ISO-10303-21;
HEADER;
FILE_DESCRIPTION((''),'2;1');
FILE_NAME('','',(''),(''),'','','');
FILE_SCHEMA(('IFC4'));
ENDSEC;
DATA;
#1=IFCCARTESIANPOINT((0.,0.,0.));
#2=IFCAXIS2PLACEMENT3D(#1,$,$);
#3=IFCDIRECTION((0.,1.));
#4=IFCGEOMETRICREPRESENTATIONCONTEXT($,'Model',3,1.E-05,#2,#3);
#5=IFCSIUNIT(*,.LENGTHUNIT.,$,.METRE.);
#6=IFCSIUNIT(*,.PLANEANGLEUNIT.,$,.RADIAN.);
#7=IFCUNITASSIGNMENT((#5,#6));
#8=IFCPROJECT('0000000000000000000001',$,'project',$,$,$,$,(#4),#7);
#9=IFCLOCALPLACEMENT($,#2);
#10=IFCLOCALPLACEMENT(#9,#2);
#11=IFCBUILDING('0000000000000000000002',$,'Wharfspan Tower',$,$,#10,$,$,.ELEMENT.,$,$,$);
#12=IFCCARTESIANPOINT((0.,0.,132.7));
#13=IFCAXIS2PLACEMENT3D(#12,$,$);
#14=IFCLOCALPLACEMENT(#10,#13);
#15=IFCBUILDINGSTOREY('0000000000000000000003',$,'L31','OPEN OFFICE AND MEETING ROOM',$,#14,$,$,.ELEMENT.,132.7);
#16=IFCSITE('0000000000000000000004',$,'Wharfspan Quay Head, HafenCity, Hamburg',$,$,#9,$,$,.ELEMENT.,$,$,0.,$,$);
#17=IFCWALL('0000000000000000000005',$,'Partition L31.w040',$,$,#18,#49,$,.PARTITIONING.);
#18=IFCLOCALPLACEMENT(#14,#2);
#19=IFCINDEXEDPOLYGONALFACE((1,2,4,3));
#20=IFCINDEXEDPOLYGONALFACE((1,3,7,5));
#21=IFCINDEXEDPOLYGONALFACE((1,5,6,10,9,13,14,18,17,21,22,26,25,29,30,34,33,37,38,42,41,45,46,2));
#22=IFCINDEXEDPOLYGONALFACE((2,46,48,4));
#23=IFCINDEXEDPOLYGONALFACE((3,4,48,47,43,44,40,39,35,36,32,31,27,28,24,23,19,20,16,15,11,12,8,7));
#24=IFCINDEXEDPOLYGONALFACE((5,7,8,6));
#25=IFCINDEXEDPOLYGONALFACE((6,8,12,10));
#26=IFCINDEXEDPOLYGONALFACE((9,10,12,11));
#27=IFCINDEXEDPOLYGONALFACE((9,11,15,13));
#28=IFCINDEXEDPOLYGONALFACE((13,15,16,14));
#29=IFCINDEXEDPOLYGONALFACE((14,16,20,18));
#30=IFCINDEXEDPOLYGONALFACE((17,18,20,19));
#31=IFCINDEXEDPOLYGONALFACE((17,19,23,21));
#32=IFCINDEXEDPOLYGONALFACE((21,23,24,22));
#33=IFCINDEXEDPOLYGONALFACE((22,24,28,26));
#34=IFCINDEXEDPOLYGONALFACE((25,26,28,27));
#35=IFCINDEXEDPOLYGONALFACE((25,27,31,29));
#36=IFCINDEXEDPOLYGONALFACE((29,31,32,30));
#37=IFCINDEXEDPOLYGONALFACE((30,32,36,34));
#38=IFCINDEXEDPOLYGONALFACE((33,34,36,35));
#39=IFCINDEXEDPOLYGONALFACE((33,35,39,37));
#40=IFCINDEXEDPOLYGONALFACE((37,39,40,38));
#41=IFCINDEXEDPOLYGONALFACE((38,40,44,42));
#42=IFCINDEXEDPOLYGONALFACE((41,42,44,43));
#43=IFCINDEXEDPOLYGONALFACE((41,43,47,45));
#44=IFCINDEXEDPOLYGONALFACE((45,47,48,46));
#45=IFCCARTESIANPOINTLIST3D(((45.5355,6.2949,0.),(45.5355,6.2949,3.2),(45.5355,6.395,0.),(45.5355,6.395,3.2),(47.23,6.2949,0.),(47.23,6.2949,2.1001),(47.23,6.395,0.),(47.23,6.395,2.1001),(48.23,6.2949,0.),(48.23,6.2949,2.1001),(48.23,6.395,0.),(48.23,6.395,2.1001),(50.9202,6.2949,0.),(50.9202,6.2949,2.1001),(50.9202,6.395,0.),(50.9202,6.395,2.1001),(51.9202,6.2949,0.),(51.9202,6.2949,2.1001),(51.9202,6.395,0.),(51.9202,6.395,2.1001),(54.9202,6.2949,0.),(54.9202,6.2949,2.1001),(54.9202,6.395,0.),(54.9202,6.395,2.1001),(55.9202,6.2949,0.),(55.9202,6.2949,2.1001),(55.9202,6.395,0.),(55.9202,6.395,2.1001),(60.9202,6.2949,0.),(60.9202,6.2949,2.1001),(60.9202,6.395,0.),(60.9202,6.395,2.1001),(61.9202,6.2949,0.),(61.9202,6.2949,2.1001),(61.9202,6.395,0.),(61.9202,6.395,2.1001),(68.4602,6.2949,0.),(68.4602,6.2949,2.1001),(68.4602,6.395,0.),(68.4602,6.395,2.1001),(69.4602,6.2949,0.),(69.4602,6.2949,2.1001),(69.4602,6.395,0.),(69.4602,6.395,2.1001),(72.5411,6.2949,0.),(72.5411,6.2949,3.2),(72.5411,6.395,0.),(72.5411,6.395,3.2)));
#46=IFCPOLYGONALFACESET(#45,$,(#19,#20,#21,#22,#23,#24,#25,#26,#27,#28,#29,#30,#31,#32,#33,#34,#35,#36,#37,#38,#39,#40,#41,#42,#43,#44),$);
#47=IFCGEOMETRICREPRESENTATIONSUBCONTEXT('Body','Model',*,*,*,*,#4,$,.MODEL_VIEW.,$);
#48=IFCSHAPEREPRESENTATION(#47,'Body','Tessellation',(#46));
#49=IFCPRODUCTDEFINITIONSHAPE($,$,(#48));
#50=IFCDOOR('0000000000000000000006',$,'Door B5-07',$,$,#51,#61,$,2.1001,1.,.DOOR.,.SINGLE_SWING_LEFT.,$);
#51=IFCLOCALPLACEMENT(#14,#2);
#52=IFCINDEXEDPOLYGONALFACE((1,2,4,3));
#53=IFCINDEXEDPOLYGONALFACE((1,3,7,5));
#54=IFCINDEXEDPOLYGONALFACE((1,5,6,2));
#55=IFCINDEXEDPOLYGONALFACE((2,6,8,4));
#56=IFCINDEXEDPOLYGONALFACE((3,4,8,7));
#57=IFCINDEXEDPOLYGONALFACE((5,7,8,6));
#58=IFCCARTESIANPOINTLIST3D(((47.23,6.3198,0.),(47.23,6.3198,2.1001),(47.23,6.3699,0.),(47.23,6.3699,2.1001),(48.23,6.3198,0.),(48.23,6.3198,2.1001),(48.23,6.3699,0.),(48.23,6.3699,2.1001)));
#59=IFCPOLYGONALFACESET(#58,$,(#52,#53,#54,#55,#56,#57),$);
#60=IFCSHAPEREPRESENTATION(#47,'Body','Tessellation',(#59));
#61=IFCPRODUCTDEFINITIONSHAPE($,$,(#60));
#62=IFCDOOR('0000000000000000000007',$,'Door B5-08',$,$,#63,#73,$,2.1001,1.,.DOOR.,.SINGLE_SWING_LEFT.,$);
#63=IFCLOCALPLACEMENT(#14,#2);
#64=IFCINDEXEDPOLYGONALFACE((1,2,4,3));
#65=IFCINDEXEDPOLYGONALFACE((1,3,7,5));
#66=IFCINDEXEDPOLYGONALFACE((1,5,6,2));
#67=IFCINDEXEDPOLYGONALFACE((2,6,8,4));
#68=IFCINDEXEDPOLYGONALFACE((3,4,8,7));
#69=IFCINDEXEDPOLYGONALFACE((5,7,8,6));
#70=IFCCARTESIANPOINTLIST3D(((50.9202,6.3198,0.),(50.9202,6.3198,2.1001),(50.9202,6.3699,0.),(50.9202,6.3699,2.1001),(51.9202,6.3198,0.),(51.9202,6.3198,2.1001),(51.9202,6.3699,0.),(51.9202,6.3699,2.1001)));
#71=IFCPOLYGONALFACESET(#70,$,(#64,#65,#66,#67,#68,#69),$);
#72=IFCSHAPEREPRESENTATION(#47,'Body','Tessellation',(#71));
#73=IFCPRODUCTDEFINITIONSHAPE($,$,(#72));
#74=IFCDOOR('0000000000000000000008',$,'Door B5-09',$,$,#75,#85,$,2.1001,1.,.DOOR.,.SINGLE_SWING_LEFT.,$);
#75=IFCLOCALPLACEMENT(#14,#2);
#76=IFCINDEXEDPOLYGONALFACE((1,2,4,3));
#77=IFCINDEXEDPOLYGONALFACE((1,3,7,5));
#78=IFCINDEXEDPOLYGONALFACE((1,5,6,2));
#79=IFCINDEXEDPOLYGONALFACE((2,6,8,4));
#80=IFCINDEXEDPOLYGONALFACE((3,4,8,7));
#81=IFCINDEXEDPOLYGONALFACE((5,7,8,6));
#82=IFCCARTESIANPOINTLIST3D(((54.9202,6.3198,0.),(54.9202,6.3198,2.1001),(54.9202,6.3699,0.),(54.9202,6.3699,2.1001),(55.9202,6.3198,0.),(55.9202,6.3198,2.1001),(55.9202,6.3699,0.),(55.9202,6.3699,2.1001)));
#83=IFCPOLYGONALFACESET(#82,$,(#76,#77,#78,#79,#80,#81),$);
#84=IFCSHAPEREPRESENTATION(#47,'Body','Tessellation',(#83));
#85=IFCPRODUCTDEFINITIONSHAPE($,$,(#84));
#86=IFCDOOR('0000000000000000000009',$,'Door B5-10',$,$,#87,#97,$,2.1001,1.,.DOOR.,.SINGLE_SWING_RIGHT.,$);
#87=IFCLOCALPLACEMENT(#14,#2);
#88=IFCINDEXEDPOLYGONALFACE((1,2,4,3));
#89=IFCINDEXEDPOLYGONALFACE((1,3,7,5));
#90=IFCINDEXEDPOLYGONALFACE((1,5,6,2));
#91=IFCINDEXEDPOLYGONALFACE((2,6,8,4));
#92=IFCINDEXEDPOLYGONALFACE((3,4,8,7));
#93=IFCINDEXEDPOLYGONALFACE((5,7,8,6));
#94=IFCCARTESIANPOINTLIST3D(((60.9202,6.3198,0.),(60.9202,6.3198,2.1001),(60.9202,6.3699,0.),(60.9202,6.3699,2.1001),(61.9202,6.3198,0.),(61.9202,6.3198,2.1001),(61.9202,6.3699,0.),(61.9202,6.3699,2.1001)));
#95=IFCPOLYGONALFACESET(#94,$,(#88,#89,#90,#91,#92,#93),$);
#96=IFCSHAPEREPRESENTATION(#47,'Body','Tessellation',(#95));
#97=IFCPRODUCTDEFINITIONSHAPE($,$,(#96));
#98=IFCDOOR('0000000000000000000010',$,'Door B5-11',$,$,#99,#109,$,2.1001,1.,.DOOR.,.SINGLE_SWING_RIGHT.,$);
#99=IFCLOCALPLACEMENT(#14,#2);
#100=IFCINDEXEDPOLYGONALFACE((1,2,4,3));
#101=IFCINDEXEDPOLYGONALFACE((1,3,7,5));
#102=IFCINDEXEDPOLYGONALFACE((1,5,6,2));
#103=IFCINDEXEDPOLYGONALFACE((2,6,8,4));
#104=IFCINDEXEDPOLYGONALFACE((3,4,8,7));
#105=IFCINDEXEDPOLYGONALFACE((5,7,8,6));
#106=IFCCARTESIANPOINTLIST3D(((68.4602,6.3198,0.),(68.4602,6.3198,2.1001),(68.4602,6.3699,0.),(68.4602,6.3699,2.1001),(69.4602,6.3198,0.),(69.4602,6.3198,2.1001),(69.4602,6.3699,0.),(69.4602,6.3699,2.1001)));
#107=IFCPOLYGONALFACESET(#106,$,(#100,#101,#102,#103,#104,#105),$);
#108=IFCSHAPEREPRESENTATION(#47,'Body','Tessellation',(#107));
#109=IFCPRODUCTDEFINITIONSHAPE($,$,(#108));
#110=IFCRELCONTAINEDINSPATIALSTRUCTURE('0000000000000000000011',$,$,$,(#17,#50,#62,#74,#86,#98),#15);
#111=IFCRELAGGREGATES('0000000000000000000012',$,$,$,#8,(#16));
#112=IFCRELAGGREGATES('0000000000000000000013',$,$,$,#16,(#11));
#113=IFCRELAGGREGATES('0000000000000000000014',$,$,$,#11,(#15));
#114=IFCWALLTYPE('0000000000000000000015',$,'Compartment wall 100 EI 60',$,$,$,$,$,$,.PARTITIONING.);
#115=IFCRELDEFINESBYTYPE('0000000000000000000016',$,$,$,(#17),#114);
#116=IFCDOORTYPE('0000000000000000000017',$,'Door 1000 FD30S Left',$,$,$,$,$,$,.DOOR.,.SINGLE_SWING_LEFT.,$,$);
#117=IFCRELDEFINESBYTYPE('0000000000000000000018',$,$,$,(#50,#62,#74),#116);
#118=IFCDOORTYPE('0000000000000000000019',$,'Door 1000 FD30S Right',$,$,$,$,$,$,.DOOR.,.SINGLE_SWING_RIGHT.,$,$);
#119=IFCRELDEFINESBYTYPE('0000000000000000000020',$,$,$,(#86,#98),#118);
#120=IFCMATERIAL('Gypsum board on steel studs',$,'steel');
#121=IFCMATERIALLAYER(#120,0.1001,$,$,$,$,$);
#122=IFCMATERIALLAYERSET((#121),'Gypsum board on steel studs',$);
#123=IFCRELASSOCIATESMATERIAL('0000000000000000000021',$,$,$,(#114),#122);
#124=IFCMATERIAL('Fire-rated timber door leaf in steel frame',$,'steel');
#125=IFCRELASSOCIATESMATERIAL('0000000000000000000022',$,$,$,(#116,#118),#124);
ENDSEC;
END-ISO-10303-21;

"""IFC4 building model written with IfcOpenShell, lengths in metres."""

from ifc_helpers import new_model, si_unit, direction, frame, frame_2d, origin, place, context, subcontext, project, spatial, rectangle, extrude, material, layer, layer_set, type_object, element, fill, save


model = new_model("IFC4")

# Units and contexts
model_context = context("Model", 3, precision=1e-05, world=origin(), true_north=direction((0.0, 1.0)))
body_context = subcontext(model_context, "Body", "Model", "MODEL_VIEW")
ifc_project = project(units=[si_unit("LENGTHUNIT", "METRE"), si_unit("PLANEANGLEUNIT", "RADIAN")], contexts=[model_context])

# Site, building, storey
site_placement = place(None, origin())
site = spatial("IfcSite", under=ifc_project, at=site_placement, Name="Wharfspan Quay Head, HafenCity, Hamburg", CompositionType="ELEMENT", RefElevation=0.0)
building_placement = place(site_placement, origin())
building = spatial("IfcBuilding", under=site, at=building_placement, Name="Wharfspan Tower", CompositionType="ELEMENT")
storey_placement = place(building_placement, frame((0.0, 0.0, 132.7)))
storey = spatial("IfcBuildingStorey", under=building, at=storey_placement, Name="L31", Description="OPEN OFFICE AND MEETING ROOM", CompositionType="ELEMENT", Elevation=132.7)

# Shared definitions
ifc_material_1 = material(Name="Gypsum board on steel studs", Category="steel")
ifc_layer = layer(ifc_material_1, 0.1001)
ifc_layer_set = layer_set([ifc_layer], Name="Gypsum board on steel studs")
wall_type = type_object("IfcWallType", Name="Compartment wall 100 EI 60", PredefinedType="PARTITIONING", material=ifc_layer_set)

# Shared definitions
ifc_material_2 = material(Name="Fire-rated timber door leaf in steel frame", Category="steel")

# Wall, openings, doors
wall_1_placement = place(storey_placement, frame((45.5354, 6.345, 0.0), z_axis=(0.0, 0.0, 1.0), x_axis=(1.0, 0.0, 0.0)))
wall_1 = element("IfcWall", 1, at=wall_1_placement, inside=storey, type_object=wall_type, Name="Partition L31.w040", PredefinedType="PARTITIONING", context=body_context, shape_type="SweptSolid", body=[
    extrude(rectangle(XDim=27.0056, YDim=0.1001, at=frame_2d((13.5029, 0.0))), origin(), (0.0, 0.0, 1.0), 3.2),
])
opening_1_placement = place(wall_1_placement, frame((1.6946, 0.0, 0.0)))
opening_1 = element("IfcOpeningElement", 2, at=opening_1_placement, cuts=wall_1, PredefinedType="OPENING", context=body_context, shape_type="SweptSolid", body=[
    extrude(rectangle(XDim=1.0, YDim=2.1001, at=frame_2d((0.5, 1.05))), frame((0.0, 0.0601, 0.0), z_axis=(0.0, -1.0, 0.0), x_axis=(1.0, 0.0, 0.0)), (0.0, 0.0, 1.0), 0.1201),
])
opening_2_placement = place(wall_1_placement, frame((5.3848, 0.0, 0.0)))
opening_2 = element("IfcOpeningElement", 3, at=opening_2_placement, cuts=wall_1, PredefinedType="OPENING", context=body_context, shape_type="SweptSolid", body=[
    extrude(rectangle(XDim=1.0, YDim=2.1001, at=frame_2d((0.5, 1.05))), frame((0.0, 0.0601, 0.0), z_axis=(0.0, -1.0, 0.0), x_axis=(1.0, 0.0, 0.0)), (0.0, 0.0, 1.0), 0.1201),
])
opening_3_placement = place(wall_1_placement, frame((9.3848, 0.0, 0.0)))
opening_3 = element("IfcOpeningElement", 4, at=opening_3_placement, cuts=wall_1, PredefinedType="OPENING", context=body_context, shape_type="SweptSolid", body=[
    extrude(rectangle(XDim=1.0, YDim=2.1001, at=frame_2d((0.5, 1.05))), frame((0.0, 0.0601, 0.0), z_axis=(0.0, -1.0, 0.0), x_axis=(1.0, 0.0, 0.0)), (0.0, 0.0, 1.0), 0.1201),
])
opening_4_placement = place(wall_1_placement, frame((15.3848, 0.0, 0.0)))
opening_4 = element("IfcOpeningElement", 5, at=opening_4_placement, cuts=wall_1, PredefinedType="OPENING", context=body_context, shape_type="SweptSolid", body=[
    extrude(rectangle(XDim=1.0, YDim=2.1001, at=frame_2d((0.5, 1.05))), frame((0.0, 0.0601, 0.0), z_axis=(0.0, -1.0, 0.0), x_axis=(1.0, 0.0, 0.0)), (0.0, 0.0, 1.0), 0.1201),
])
opening_5_placement = place(wall_1_placement, frame((22.9248, 0.0, 0.0)))
opening_5 = element("IfcOpeningElement", 6, at=opening_5_placement, cuts=wall_1, PredefinedType="OPENING", context=body_context, shape_type="SweptSolid", body=[
    extrude(rectangle(XDim=1.0, YDim=2.1001, at=frame_2d((0.5, 1.05))), frame((0.0, 0.0601, 0.0), z_axis=(0.0, -1.0, 0.0), x_axis=(1.0, 0.0, 0.0)), (0.0, 0.0, 1.0), 0.1201),
])
door_type_1 = type_object("IfcDoorType", Name="Door 1000 FD30S Left", OperationType="SINGLE_SWING_LEFT", PredefinedType="DOOR", material=ifc_material_2)
door_1_placement = place(opening_1_placement, origin())
door_1 = element("IfcDoor", 7, at=door_1_placement, inside=storey, type_object=door_type_1, Name="Door B5-07", OperationType="SINGLE_SWING_LEFT", OverallHeight=2.1001, OverallWidth=1.0, PredefinedType="DOOR", context=body_context, shape_type="SweptSolid", body=[
    extrude(rectangle(XDim=1.0, YDim=2.1001, at=frame_2d((0.5, 1.05))), frame((0.0, 0.0249, 0.0), z_axis=(0.0, -1.0, 0.0), x_axis=(1.0, 0.0, 0.0)), (0.0, 0.0, 1.0), 0.05),
])
fill(opening_1, door_1)
door_2_placement = place(opening_2_placement, origin())
door_2 = element("IfcDoor", 8, at=door_2_placement, inside=storey, type_object=door_type_1, Name="Door B5-08", OperationType="SINGLE_SWING_LEFT", OverallHeight=2.1001, OverallWidth=1.0, PredefinedType="DOOR", context=body_context, shape_type="SweptSolid", body=[
    extrude(rectangle(XDim=1.0, YDim=2.1001, at=frame_2d((0.5, 1.05))), frame((0.0, 0.0249, 0.0), z_axis=(0.0, -1.0, 0.0), x_axis=(1.0, 0.0, 0.0)), (0.0, 0.0, 1.0), 0.05),
])
fill(opening_2, door_2)
door_3_placement = place(opening_3_placement, origin())
door_3 = element("IfcDoor", 9, at=door_3_placement, inside=storey, type_object=door_type_1, Name="Door B5-09", OperationType="SINGLE_SWING_LEFT", OverallHeight=2.1001, OverallWidth=1.0, PredefinedType="DOOR", context=body_context, shape_type="SweptSolid", body=[
    extrude(rectangle(XDim=1.0, YDim=2.1001, at=frame_2d((0.5, 1.05))), frame((0.0, 0.0249, 0.0), z_axis=(0.0, -1.0, 0.0), x_axis=(1.0, 0.0, 0.0)), (0.0, 0.0, 1.0), 0.05),
])
fill(opening_3, door_3)
door_type_2 = type_object("IfcDoorType", Name="Door 1000 FD30S Right", OperationType="SINGLE_SWING_RIGHT", PredefinedType="DOOR", material=ifc_material_2)
door_4_placement = place(opening_4_placement, origin())
door_4 = element("IfcDoor", 10, at=door_4_placement, inside=storey, type_object=door_type_2, Name="Door B5-10", OperationType="SINGLE_SWING_RIGHT", OverallHeight=2.1001, OverallWidth=1.0, PredefinedType="DOOR", context=body_context, shape_type="SweptSolid", body=[
    extrude(rectangle(XDim=1.0, YDim=2.1001, at=frame_2d((0.5, 1.05))), frame((0.0, 0.0249, 0.0), z_axis=(0.0, -1.0, 0.0), x_axis=(1.0, 0.0, 0.0)), (0.0, 0.0, 1.0), 0.05),
])
fill(opening_4, door_4)
door_5_placement = place(opening_5_placement, origin())
door_5 = element("IfcDoor", 11, at=door_5_placement, inside=storey, type_object=door_type_2, Name="Door B5-11", OperationType="SINGLE_SWING_RIGHT", OverallHeight=2.1001, OverallWidth=1.0, PredefinedType="DOOR", context=body_context, shape_type="SweptSolid", body=[
    extrude(rectangle(XDim=1.0, YDim=2.1001, at=frame_2d((0.5, 1.05))), frame((0.0, 0.0249, 0.0), z_axis=(0.0, -1.0, 0.0), x_axis=(1.0, 0.0, 0.0)), (0.0, 0.0, 1.0), 0.05),
])
fill(opening_5, door_5)

save(model, "model.ifc")
